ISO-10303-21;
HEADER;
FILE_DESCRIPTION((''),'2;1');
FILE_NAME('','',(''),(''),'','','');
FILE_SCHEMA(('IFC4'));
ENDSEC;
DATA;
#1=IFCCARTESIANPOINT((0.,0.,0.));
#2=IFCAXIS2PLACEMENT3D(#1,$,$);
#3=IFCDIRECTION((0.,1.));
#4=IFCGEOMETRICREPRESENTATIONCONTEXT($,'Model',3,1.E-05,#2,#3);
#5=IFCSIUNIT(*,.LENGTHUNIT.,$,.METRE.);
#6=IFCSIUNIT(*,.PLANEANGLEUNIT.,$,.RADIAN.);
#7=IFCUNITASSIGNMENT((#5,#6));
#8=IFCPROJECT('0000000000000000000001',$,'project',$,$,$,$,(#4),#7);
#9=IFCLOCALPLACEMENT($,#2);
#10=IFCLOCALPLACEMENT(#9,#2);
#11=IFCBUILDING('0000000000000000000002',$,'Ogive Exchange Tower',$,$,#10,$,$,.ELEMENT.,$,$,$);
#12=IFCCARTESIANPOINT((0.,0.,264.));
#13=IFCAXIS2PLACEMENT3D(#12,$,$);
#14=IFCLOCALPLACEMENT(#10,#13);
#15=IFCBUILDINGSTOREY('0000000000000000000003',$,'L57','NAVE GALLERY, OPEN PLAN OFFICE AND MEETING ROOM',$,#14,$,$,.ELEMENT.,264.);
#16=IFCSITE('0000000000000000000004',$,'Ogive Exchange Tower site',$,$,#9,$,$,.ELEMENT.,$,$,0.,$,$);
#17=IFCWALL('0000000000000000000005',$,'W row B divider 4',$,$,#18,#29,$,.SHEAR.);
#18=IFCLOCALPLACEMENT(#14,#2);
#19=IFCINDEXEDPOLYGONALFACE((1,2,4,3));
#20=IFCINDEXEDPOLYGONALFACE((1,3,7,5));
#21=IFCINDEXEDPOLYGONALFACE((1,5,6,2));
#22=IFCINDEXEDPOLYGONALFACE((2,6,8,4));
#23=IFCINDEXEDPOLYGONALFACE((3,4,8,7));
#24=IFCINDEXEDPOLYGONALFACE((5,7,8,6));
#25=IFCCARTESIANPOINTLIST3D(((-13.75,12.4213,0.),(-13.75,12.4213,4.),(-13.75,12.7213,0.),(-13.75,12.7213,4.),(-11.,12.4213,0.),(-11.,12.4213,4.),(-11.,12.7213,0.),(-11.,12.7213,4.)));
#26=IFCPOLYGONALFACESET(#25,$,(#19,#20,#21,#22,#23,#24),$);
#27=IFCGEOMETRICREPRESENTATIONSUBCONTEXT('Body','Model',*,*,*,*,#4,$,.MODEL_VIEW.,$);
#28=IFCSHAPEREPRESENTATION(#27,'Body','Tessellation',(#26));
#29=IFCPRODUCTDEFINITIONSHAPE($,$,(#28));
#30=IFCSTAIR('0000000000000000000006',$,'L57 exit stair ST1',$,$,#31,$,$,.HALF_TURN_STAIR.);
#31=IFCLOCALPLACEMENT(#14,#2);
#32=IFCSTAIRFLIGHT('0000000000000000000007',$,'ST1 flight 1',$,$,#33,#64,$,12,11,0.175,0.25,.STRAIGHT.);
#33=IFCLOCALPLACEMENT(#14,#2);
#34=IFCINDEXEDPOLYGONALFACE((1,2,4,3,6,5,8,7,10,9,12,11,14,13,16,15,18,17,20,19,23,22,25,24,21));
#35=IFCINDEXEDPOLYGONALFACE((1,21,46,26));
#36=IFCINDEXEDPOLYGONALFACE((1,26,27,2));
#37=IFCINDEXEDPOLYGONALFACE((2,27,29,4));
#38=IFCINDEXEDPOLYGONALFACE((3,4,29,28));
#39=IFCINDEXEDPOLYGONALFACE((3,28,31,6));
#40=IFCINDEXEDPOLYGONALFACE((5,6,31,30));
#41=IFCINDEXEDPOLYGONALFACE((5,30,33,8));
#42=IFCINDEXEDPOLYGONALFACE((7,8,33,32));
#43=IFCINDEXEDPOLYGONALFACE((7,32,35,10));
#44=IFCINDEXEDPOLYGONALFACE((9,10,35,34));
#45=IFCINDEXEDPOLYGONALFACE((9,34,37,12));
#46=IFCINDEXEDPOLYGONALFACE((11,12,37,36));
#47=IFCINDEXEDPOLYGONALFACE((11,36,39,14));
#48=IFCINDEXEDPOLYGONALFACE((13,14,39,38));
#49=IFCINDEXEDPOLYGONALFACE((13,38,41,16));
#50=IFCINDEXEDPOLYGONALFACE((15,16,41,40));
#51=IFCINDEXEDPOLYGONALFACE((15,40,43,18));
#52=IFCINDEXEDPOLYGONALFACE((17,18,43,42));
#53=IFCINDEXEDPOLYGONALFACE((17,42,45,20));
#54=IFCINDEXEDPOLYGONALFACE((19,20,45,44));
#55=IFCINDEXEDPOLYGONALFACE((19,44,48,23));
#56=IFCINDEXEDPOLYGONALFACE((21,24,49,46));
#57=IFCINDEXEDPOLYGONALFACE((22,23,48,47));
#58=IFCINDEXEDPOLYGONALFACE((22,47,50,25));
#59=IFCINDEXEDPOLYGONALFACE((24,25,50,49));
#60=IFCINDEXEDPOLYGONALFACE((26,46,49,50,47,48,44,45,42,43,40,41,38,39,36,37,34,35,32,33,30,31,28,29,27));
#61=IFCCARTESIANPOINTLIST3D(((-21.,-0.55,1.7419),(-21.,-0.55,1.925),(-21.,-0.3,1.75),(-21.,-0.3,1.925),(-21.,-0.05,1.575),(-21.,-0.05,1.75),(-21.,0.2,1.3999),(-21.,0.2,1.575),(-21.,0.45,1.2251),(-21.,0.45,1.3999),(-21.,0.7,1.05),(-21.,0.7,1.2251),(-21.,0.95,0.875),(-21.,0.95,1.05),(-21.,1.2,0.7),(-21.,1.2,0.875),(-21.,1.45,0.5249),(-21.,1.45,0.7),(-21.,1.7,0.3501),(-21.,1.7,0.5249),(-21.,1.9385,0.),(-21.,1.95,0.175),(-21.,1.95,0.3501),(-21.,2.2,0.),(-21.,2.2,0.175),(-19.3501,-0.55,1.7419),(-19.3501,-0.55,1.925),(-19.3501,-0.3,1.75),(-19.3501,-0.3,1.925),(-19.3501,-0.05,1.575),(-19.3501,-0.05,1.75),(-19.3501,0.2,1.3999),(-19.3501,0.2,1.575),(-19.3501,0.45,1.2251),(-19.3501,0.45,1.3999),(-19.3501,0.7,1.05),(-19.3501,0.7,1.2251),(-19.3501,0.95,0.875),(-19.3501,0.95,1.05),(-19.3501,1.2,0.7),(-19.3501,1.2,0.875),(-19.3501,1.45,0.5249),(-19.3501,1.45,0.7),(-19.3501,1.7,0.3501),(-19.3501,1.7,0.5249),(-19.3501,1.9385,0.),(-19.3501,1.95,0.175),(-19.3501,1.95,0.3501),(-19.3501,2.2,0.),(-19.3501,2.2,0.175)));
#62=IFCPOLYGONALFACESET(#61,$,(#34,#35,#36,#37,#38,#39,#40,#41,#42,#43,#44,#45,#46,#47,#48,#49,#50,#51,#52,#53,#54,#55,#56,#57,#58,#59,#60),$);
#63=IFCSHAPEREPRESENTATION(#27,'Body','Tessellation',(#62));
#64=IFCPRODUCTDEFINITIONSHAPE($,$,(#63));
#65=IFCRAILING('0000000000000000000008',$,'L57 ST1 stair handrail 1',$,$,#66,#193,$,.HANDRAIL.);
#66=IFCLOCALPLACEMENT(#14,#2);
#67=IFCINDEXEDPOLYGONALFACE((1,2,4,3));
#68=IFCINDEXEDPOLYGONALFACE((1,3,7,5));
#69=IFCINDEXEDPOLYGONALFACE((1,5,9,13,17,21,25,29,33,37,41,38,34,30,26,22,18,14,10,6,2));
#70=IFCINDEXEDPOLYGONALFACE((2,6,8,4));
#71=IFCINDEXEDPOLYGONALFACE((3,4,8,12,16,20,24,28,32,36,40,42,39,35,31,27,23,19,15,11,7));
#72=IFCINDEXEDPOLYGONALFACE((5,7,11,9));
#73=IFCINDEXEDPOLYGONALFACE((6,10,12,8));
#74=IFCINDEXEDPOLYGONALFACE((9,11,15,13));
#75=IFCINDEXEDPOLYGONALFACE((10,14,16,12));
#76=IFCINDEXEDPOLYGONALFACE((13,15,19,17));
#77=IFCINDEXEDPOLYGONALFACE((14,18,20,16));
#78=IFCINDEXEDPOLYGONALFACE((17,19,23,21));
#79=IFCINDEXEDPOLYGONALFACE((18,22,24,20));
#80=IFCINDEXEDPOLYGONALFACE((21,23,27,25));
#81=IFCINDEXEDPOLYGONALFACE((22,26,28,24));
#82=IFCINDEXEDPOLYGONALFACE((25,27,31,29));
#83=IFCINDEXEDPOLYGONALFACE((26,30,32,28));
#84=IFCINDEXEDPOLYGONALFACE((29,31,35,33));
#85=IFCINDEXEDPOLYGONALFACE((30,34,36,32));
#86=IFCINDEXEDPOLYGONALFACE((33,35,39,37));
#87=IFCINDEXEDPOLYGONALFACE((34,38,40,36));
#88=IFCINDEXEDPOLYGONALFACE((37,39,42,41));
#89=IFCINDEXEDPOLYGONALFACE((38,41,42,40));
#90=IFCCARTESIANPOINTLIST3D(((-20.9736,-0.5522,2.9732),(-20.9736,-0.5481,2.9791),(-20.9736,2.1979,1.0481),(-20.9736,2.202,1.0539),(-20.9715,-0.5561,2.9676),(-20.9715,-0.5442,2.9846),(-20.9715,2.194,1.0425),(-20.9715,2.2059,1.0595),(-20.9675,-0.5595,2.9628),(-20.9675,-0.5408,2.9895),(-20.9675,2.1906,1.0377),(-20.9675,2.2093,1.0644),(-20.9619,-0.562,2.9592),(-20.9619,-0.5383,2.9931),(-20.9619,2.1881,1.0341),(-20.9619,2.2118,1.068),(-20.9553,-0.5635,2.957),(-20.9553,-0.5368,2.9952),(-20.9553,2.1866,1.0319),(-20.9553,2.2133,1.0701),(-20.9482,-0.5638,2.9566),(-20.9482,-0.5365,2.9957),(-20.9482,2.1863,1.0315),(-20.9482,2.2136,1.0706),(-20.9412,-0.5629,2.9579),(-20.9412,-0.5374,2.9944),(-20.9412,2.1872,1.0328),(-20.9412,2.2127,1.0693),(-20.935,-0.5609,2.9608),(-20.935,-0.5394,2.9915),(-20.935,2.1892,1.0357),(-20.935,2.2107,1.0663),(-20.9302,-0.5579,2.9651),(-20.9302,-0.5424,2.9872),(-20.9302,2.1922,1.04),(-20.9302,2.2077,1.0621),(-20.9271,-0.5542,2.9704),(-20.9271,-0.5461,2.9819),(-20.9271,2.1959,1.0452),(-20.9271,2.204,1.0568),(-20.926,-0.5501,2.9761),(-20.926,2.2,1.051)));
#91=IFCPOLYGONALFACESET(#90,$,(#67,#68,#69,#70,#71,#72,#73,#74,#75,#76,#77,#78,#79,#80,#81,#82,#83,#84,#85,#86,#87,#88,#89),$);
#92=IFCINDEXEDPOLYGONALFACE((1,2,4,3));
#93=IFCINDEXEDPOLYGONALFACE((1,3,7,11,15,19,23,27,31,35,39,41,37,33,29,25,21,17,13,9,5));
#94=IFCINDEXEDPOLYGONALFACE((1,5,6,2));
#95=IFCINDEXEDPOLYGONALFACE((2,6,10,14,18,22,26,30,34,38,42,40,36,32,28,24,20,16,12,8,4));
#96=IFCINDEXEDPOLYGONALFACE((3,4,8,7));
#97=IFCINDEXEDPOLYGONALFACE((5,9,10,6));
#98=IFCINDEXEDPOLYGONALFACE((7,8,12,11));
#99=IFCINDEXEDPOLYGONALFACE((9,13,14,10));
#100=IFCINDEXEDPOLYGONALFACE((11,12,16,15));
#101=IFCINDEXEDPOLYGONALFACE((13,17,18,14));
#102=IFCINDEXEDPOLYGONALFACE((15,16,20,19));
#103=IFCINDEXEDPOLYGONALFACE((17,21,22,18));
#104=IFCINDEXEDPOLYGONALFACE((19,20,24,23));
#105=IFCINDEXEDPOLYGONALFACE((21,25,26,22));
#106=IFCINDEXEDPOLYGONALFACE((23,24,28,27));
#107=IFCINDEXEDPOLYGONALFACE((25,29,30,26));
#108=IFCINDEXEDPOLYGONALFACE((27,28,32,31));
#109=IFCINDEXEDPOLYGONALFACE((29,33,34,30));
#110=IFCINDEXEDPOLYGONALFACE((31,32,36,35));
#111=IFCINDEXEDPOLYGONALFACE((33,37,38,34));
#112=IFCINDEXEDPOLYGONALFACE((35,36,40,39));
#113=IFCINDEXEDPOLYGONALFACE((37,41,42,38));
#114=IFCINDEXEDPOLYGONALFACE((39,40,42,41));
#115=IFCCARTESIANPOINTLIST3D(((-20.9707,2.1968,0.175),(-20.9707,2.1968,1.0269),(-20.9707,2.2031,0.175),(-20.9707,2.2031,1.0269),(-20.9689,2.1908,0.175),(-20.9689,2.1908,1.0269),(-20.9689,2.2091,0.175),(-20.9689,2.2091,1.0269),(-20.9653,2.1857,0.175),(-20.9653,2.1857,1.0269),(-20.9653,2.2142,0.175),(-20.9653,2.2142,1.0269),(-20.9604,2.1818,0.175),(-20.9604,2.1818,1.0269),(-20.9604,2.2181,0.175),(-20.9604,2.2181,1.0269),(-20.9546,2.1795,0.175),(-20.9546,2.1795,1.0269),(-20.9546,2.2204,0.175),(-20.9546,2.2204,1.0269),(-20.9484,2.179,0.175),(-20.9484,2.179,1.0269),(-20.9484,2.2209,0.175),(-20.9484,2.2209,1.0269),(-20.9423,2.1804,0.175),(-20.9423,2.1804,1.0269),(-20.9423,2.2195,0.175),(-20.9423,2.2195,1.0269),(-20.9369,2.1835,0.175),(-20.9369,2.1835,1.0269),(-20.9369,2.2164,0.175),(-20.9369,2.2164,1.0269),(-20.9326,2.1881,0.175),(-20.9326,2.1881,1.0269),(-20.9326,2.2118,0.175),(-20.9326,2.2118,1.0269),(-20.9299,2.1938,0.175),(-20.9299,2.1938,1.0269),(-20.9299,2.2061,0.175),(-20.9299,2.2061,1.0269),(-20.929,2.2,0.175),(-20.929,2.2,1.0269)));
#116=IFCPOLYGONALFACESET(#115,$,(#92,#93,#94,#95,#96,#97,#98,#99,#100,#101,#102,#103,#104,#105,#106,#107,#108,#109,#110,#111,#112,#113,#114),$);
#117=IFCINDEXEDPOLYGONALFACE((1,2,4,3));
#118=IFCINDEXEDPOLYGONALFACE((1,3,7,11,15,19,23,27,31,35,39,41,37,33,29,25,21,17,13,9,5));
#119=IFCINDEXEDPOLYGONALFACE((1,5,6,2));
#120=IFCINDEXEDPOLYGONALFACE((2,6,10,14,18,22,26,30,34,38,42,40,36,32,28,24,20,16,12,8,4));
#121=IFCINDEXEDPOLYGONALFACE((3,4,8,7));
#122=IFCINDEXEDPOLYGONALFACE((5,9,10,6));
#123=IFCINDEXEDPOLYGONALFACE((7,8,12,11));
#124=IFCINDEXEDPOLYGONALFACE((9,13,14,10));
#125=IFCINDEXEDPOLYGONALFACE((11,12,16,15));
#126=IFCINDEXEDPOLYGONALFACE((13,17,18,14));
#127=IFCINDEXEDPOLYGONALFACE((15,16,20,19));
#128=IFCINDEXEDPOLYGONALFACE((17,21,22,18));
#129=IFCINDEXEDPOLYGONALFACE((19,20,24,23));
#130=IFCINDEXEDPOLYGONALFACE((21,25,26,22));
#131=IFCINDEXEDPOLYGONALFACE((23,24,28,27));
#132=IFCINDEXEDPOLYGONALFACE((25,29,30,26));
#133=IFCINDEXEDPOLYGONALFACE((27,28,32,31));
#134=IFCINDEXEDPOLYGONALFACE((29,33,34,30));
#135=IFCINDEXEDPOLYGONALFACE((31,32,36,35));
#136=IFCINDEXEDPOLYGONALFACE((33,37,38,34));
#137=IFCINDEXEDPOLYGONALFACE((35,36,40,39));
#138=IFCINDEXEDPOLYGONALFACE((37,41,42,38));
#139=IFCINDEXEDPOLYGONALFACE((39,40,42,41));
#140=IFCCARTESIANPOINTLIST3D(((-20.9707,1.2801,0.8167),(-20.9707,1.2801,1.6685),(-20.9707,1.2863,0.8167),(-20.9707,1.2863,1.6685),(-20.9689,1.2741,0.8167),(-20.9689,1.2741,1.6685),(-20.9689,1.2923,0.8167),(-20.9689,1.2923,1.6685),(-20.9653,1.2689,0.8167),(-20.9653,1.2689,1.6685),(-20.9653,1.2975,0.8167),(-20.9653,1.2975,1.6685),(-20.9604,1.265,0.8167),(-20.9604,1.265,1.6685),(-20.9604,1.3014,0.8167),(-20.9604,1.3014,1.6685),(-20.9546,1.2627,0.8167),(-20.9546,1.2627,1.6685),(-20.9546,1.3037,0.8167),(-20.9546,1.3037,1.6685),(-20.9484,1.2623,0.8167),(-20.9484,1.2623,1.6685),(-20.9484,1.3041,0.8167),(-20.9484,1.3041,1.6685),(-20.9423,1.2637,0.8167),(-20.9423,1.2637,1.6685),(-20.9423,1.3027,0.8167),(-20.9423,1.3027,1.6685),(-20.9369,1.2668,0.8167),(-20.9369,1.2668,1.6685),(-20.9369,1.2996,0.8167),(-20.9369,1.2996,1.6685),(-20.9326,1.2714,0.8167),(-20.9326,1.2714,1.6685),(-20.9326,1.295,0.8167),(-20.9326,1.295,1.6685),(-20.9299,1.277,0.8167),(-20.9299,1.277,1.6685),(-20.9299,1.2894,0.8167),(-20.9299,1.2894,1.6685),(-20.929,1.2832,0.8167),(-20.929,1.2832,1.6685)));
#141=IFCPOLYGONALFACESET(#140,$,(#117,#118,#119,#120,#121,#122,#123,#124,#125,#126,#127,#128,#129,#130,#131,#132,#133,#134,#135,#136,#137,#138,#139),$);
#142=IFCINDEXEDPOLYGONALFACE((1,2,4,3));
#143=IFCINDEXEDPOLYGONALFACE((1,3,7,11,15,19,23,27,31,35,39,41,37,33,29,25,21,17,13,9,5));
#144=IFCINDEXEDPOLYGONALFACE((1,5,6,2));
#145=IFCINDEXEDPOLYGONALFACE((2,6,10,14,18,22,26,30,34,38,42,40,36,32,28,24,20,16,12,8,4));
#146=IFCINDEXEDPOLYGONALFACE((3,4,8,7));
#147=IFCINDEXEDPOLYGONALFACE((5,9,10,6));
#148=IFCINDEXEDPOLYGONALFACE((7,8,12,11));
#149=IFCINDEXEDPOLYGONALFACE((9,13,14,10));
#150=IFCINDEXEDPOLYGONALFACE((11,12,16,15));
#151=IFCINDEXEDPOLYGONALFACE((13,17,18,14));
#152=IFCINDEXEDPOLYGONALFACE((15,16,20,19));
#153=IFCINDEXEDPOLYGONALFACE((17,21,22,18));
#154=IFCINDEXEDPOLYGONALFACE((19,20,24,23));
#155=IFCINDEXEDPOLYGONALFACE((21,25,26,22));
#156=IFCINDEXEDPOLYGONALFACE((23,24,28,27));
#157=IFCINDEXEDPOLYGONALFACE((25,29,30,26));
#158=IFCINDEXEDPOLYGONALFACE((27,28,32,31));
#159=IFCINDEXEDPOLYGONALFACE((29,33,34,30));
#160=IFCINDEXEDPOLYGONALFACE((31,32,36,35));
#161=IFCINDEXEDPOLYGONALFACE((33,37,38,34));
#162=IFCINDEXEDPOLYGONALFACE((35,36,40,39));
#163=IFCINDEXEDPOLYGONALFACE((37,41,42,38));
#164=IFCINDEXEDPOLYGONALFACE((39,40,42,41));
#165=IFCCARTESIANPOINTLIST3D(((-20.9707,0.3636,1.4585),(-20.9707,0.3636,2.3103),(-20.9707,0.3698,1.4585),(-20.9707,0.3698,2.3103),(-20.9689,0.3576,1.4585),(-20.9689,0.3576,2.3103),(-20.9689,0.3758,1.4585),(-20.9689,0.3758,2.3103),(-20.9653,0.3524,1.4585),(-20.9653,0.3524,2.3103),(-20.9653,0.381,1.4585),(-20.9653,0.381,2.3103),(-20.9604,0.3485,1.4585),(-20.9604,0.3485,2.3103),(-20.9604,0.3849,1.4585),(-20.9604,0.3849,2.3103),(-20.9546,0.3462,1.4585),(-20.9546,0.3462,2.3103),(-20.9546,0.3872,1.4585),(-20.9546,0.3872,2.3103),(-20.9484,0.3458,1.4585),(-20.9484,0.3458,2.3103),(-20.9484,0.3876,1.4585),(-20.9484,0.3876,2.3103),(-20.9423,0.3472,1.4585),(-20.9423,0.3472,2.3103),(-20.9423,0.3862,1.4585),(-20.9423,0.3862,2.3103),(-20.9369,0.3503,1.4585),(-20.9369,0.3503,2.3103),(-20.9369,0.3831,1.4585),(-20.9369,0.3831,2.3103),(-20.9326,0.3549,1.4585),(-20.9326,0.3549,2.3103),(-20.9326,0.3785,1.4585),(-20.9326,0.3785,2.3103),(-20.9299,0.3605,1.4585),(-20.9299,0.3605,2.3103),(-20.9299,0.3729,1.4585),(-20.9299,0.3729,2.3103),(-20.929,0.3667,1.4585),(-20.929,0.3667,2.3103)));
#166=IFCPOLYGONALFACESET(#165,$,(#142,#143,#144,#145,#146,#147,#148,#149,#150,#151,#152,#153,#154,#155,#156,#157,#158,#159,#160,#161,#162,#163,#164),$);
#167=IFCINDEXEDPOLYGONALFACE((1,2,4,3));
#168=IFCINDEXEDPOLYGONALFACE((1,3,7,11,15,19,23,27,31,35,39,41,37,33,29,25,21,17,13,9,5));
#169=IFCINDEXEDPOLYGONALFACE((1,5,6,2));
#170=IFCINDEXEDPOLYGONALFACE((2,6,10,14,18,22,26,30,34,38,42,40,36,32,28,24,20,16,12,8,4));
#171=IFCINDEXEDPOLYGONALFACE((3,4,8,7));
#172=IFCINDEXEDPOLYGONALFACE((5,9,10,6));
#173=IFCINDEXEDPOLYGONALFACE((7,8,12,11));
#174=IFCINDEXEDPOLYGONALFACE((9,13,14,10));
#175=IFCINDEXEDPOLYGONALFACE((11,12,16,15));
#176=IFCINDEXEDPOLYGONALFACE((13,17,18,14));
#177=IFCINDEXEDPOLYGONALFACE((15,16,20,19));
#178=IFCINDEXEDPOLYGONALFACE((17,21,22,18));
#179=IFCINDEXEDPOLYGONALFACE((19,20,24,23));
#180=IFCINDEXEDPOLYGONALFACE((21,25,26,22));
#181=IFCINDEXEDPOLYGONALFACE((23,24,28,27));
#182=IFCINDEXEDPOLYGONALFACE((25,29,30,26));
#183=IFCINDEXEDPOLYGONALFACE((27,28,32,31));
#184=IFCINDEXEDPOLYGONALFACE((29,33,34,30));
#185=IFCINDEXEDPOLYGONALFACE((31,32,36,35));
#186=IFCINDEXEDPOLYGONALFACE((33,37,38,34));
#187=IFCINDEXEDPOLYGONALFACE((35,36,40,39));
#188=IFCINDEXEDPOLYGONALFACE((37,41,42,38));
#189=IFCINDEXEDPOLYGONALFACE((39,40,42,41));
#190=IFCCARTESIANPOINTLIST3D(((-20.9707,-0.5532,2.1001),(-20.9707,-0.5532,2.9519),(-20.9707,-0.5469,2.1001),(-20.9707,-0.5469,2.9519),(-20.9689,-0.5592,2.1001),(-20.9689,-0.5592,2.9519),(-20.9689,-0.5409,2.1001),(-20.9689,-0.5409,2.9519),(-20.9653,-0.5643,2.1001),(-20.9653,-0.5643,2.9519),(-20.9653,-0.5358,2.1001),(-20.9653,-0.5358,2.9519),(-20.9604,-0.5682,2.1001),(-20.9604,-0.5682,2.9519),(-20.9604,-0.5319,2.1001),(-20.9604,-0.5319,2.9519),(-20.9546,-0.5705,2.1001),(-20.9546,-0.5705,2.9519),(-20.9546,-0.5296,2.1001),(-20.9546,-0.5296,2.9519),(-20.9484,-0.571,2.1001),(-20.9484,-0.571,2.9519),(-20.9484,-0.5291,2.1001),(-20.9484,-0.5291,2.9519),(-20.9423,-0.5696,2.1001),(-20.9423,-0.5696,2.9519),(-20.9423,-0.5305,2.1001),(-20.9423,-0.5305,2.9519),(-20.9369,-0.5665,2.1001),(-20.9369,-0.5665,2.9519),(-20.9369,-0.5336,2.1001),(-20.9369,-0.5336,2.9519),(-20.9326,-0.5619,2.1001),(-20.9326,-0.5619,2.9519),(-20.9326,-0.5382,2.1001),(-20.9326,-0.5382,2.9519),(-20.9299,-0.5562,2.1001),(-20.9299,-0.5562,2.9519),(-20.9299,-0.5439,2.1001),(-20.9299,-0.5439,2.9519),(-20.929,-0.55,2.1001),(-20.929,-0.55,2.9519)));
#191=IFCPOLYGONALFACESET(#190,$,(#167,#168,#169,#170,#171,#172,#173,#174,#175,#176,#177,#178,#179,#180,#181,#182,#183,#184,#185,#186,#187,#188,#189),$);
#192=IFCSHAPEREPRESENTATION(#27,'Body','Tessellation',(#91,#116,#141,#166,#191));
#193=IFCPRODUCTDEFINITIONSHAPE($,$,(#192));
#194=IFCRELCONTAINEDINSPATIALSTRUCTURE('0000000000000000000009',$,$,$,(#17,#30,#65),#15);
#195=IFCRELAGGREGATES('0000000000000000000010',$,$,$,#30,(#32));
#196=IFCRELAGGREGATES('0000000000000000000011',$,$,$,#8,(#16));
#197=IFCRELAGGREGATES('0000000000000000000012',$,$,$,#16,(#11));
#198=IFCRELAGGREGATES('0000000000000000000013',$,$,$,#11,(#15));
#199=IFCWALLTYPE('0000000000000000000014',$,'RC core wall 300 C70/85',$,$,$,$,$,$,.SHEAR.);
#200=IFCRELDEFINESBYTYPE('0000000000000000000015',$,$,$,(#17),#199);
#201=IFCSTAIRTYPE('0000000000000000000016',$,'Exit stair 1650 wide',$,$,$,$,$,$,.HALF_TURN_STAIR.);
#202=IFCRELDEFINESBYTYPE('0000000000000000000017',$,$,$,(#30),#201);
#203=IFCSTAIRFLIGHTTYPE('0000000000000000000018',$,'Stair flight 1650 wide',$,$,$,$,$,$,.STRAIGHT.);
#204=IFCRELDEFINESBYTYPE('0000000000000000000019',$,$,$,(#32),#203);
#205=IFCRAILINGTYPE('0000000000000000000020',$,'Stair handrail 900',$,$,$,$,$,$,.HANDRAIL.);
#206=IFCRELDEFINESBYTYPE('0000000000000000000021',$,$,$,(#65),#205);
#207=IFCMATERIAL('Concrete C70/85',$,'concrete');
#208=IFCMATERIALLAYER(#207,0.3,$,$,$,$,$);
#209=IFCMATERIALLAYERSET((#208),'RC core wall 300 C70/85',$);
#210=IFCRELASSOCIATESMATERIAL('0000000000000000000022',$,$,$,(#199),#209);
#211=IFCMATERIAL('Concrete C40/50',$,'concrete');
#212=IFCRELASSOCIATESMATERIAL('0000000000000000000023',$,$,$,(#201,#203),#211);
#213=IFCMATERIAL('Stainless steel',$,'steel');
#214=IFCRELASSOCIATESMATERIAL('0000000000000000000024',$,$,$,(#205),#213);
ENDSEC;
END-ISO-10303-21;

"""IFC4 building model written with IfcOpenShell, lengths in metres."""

from ifc_helpers import new_model, si_unit, direction, frame, frame_2d, origin, origin_2d, place, context, subcontext, project, spatial, polyline, rectangle, circle, outline, extrude, material, layer, layer_set, type_object, element, aggregate, save


model = new_model("IFC4")

# Units and contexts
model_context = context("Model", 3, precision=1e-05, world=origin(), true_north=direction((0.0, 1.0)))
body_context = subcontext(model_context, "Body", "Model", "MODEL_VIEW")
ifc_project = project(units=[si_unit("LENGTHUNIT", "METRE"), si_unit("PLANEANGLEUNIT", "RADIAN")], contexts=[model_context])

# Site, building, storey
site_placement = place(None, origin())
site = spatial("IfcSite", under=ifc_project, at=site_placement, Name="Ogive Exchange Tower site", CompositionType="ELEMENT", RefElevation=0.0)
building_placement = place(site_placement, origin())
building = spatial("IfcBuilding", under=site, at=building_placement, Name="Ogive Exchange Tower", CompositionType="ELEMENT")
storey_placement = place(building_placement, frame((0.0, 0.0, 264.0)))
storey = spatial("IfcBuildingStorey", under=building, at=storey_placement, Name="L57", Description="NAVE GALLERY, OPEN PLAN OFFICE AND MEETING ROOM", CompositionType="ELEMENT", Elevation=264.0)

# Shared definitions
ifc_material_1 = material(Name="Concrete C70/85", Category="concrete")

# Shared definitions
ifc_material_2 = material(Name="Stainless steel", Category="steel")

# Wall
ifc_layer_1 = layer(ifc_material_1, 0.3)
ifc_layer_set_1 = layer_set([ifc_layer_1], Name="RC core wall 300 C70/85")
wall_type_1 = type_object("IfcWallType", Name="RC core wall 300 C70/85", PredefinedType="SHEAR", material=ifc_layer_set_1)
for number, where, z_axis, x_axis, name in (
    (1, (-13.75, 12.5713, 0.0), (0.0, 0.0, 1.0), (1.0, 0.0, 0.0), "W row B divider 4"),
):
    element("IfcWall", number, at=place(storey_placement, frame(where, z_axis=z_axis, x_axis=x_axis)), inside=storey, type_object=wall_type_1, Name=name, PredefinedType="SHEAR", context=body_context, shape_type="SweptSolid", body=[
        extrude(rectangle(XDim=2.75, YDim=0.3, at=frame_2d((1.375, 0.0))), origin(), (0.0, 0.0, 1.0), 4.0),
    ])

# Stair, stair flight
ifc_material_3 = material(Name="Concrete C40/50", Category="concrete")
stair_type = type_object("IfcStairType", Name="Exit stair 1650 wide", PredefinedType="HALF_TURN_STAIR", material=ifc_material_3)
stair_placement = place(storey_placement, origin())
stair = element("IfcStair", 2, at=stair_placement, inside=storey, type_object=stair_type, Name="L57 exit stair ST1", PredefinedType="HALF_TURN_STAIR")
stair_flight_type = type_object("IfcStairFlightType", Name="Stair flight 1650 wide", PredefinedType="STRAIGHT", material=ifc_material_3)
stair_flight_placement = place(storey_placement, frame((-20.175, 2.2, 0.0), z_axis=(0.0, 0.0, 1.0), x_axis=(0.0, -1.0, 0.0)))
stair_flight = element("IfcStairFlight", 3, at=stair_flight_placement, type_object=stair_flight_type, Name="ST1 flight 1", NumberOfRisers=12, NumberOfTreads=11, PredefinedType="STRAIGHT", RiserHeight=0.175, TreadLength=0.25, context=body_context, shape_type="SweptSolid", body=[
    extrude(outline(polyline([(0.0, 0.0), (0.0, 0.175), (0.25, 0.175), (0.25, 0.3501), (0.5, 0.3501), (0.5, 0.5249), (0.75, 0.5249), (0.75, 0.7), (1.0, 0.7), (1.0, 0.875), (1.25, 0.875), (1.25, 1.05), (1.5, 1.05), (1.5, 1.2251), (1.75, 1.2251), (1.75, 1.3999), (2.0, 1.3999), (2.0, 1.575), (2.25, 1.575), (2.25, 1.75), (2.5, 1.75), (2.5, 1.925), (2.75, 1.925), (2.75, 2.1001), (2.75, 1.7419), (0.2615, 0.0), (0.0, 0.0)])), frame((0.0, 0.825, 0.0), z_axis=(0.0, -1.0, 0.0), x_axis=(1.0, 0.0, 0.0)), (0.0, 0.0, 1.0), 1.6499),
])
aggregate(stair, [stair_flight])

# Railing
railing_type = type_object("IfcRailingType", Name="Stair handrail 900", PredefinedType="HANDRAIL", material=ifc_material_2)
railing_placement = place(storey_placement, frame((-20.95, 2.2, 0.175)))
element("IfcRailing", 4, at=railing_placement, inside=storey, type_object=railing_type, Name="L57 ST1 stair handrail 1", PredefinedType="HANDRAIL", context=body_context, shape_type="SweptSolid", body=[
    extrude(circle(Radius=0.0239, at=origin_2d()), frame((0.0, 0.0, 0.876), z_axis=(0.0, -0.819225, 0.573472), x_axis=(1.0, 0.0, 0.0)), (0.0, 0.0, 1.0), 3.3569),
    extrude(circle(Radius=0.021, at=origin_2d()), origin(), (0.0, 0.0, 1.0), 0.8518),
    extrude(circle(Radius=0.021, at=origin_2d()), frame((0.0, -0.9167, 0.6416)), (0.0, 0.0, 1.0), 0.8518),
    extrude(circle(Radius=0.021, at=origin_2d()), frame((0.0, -1.8333, 1.2834)), (0.0, 0.0, 1.0), 0.8518),
    extrude(circle(Radius=0.021, at=origin_2d()), frame((0.0, -2.75, 1.925)), (0.0, 0.0, 1.0), 0.8518),
])

save(model, "model.ifc")
